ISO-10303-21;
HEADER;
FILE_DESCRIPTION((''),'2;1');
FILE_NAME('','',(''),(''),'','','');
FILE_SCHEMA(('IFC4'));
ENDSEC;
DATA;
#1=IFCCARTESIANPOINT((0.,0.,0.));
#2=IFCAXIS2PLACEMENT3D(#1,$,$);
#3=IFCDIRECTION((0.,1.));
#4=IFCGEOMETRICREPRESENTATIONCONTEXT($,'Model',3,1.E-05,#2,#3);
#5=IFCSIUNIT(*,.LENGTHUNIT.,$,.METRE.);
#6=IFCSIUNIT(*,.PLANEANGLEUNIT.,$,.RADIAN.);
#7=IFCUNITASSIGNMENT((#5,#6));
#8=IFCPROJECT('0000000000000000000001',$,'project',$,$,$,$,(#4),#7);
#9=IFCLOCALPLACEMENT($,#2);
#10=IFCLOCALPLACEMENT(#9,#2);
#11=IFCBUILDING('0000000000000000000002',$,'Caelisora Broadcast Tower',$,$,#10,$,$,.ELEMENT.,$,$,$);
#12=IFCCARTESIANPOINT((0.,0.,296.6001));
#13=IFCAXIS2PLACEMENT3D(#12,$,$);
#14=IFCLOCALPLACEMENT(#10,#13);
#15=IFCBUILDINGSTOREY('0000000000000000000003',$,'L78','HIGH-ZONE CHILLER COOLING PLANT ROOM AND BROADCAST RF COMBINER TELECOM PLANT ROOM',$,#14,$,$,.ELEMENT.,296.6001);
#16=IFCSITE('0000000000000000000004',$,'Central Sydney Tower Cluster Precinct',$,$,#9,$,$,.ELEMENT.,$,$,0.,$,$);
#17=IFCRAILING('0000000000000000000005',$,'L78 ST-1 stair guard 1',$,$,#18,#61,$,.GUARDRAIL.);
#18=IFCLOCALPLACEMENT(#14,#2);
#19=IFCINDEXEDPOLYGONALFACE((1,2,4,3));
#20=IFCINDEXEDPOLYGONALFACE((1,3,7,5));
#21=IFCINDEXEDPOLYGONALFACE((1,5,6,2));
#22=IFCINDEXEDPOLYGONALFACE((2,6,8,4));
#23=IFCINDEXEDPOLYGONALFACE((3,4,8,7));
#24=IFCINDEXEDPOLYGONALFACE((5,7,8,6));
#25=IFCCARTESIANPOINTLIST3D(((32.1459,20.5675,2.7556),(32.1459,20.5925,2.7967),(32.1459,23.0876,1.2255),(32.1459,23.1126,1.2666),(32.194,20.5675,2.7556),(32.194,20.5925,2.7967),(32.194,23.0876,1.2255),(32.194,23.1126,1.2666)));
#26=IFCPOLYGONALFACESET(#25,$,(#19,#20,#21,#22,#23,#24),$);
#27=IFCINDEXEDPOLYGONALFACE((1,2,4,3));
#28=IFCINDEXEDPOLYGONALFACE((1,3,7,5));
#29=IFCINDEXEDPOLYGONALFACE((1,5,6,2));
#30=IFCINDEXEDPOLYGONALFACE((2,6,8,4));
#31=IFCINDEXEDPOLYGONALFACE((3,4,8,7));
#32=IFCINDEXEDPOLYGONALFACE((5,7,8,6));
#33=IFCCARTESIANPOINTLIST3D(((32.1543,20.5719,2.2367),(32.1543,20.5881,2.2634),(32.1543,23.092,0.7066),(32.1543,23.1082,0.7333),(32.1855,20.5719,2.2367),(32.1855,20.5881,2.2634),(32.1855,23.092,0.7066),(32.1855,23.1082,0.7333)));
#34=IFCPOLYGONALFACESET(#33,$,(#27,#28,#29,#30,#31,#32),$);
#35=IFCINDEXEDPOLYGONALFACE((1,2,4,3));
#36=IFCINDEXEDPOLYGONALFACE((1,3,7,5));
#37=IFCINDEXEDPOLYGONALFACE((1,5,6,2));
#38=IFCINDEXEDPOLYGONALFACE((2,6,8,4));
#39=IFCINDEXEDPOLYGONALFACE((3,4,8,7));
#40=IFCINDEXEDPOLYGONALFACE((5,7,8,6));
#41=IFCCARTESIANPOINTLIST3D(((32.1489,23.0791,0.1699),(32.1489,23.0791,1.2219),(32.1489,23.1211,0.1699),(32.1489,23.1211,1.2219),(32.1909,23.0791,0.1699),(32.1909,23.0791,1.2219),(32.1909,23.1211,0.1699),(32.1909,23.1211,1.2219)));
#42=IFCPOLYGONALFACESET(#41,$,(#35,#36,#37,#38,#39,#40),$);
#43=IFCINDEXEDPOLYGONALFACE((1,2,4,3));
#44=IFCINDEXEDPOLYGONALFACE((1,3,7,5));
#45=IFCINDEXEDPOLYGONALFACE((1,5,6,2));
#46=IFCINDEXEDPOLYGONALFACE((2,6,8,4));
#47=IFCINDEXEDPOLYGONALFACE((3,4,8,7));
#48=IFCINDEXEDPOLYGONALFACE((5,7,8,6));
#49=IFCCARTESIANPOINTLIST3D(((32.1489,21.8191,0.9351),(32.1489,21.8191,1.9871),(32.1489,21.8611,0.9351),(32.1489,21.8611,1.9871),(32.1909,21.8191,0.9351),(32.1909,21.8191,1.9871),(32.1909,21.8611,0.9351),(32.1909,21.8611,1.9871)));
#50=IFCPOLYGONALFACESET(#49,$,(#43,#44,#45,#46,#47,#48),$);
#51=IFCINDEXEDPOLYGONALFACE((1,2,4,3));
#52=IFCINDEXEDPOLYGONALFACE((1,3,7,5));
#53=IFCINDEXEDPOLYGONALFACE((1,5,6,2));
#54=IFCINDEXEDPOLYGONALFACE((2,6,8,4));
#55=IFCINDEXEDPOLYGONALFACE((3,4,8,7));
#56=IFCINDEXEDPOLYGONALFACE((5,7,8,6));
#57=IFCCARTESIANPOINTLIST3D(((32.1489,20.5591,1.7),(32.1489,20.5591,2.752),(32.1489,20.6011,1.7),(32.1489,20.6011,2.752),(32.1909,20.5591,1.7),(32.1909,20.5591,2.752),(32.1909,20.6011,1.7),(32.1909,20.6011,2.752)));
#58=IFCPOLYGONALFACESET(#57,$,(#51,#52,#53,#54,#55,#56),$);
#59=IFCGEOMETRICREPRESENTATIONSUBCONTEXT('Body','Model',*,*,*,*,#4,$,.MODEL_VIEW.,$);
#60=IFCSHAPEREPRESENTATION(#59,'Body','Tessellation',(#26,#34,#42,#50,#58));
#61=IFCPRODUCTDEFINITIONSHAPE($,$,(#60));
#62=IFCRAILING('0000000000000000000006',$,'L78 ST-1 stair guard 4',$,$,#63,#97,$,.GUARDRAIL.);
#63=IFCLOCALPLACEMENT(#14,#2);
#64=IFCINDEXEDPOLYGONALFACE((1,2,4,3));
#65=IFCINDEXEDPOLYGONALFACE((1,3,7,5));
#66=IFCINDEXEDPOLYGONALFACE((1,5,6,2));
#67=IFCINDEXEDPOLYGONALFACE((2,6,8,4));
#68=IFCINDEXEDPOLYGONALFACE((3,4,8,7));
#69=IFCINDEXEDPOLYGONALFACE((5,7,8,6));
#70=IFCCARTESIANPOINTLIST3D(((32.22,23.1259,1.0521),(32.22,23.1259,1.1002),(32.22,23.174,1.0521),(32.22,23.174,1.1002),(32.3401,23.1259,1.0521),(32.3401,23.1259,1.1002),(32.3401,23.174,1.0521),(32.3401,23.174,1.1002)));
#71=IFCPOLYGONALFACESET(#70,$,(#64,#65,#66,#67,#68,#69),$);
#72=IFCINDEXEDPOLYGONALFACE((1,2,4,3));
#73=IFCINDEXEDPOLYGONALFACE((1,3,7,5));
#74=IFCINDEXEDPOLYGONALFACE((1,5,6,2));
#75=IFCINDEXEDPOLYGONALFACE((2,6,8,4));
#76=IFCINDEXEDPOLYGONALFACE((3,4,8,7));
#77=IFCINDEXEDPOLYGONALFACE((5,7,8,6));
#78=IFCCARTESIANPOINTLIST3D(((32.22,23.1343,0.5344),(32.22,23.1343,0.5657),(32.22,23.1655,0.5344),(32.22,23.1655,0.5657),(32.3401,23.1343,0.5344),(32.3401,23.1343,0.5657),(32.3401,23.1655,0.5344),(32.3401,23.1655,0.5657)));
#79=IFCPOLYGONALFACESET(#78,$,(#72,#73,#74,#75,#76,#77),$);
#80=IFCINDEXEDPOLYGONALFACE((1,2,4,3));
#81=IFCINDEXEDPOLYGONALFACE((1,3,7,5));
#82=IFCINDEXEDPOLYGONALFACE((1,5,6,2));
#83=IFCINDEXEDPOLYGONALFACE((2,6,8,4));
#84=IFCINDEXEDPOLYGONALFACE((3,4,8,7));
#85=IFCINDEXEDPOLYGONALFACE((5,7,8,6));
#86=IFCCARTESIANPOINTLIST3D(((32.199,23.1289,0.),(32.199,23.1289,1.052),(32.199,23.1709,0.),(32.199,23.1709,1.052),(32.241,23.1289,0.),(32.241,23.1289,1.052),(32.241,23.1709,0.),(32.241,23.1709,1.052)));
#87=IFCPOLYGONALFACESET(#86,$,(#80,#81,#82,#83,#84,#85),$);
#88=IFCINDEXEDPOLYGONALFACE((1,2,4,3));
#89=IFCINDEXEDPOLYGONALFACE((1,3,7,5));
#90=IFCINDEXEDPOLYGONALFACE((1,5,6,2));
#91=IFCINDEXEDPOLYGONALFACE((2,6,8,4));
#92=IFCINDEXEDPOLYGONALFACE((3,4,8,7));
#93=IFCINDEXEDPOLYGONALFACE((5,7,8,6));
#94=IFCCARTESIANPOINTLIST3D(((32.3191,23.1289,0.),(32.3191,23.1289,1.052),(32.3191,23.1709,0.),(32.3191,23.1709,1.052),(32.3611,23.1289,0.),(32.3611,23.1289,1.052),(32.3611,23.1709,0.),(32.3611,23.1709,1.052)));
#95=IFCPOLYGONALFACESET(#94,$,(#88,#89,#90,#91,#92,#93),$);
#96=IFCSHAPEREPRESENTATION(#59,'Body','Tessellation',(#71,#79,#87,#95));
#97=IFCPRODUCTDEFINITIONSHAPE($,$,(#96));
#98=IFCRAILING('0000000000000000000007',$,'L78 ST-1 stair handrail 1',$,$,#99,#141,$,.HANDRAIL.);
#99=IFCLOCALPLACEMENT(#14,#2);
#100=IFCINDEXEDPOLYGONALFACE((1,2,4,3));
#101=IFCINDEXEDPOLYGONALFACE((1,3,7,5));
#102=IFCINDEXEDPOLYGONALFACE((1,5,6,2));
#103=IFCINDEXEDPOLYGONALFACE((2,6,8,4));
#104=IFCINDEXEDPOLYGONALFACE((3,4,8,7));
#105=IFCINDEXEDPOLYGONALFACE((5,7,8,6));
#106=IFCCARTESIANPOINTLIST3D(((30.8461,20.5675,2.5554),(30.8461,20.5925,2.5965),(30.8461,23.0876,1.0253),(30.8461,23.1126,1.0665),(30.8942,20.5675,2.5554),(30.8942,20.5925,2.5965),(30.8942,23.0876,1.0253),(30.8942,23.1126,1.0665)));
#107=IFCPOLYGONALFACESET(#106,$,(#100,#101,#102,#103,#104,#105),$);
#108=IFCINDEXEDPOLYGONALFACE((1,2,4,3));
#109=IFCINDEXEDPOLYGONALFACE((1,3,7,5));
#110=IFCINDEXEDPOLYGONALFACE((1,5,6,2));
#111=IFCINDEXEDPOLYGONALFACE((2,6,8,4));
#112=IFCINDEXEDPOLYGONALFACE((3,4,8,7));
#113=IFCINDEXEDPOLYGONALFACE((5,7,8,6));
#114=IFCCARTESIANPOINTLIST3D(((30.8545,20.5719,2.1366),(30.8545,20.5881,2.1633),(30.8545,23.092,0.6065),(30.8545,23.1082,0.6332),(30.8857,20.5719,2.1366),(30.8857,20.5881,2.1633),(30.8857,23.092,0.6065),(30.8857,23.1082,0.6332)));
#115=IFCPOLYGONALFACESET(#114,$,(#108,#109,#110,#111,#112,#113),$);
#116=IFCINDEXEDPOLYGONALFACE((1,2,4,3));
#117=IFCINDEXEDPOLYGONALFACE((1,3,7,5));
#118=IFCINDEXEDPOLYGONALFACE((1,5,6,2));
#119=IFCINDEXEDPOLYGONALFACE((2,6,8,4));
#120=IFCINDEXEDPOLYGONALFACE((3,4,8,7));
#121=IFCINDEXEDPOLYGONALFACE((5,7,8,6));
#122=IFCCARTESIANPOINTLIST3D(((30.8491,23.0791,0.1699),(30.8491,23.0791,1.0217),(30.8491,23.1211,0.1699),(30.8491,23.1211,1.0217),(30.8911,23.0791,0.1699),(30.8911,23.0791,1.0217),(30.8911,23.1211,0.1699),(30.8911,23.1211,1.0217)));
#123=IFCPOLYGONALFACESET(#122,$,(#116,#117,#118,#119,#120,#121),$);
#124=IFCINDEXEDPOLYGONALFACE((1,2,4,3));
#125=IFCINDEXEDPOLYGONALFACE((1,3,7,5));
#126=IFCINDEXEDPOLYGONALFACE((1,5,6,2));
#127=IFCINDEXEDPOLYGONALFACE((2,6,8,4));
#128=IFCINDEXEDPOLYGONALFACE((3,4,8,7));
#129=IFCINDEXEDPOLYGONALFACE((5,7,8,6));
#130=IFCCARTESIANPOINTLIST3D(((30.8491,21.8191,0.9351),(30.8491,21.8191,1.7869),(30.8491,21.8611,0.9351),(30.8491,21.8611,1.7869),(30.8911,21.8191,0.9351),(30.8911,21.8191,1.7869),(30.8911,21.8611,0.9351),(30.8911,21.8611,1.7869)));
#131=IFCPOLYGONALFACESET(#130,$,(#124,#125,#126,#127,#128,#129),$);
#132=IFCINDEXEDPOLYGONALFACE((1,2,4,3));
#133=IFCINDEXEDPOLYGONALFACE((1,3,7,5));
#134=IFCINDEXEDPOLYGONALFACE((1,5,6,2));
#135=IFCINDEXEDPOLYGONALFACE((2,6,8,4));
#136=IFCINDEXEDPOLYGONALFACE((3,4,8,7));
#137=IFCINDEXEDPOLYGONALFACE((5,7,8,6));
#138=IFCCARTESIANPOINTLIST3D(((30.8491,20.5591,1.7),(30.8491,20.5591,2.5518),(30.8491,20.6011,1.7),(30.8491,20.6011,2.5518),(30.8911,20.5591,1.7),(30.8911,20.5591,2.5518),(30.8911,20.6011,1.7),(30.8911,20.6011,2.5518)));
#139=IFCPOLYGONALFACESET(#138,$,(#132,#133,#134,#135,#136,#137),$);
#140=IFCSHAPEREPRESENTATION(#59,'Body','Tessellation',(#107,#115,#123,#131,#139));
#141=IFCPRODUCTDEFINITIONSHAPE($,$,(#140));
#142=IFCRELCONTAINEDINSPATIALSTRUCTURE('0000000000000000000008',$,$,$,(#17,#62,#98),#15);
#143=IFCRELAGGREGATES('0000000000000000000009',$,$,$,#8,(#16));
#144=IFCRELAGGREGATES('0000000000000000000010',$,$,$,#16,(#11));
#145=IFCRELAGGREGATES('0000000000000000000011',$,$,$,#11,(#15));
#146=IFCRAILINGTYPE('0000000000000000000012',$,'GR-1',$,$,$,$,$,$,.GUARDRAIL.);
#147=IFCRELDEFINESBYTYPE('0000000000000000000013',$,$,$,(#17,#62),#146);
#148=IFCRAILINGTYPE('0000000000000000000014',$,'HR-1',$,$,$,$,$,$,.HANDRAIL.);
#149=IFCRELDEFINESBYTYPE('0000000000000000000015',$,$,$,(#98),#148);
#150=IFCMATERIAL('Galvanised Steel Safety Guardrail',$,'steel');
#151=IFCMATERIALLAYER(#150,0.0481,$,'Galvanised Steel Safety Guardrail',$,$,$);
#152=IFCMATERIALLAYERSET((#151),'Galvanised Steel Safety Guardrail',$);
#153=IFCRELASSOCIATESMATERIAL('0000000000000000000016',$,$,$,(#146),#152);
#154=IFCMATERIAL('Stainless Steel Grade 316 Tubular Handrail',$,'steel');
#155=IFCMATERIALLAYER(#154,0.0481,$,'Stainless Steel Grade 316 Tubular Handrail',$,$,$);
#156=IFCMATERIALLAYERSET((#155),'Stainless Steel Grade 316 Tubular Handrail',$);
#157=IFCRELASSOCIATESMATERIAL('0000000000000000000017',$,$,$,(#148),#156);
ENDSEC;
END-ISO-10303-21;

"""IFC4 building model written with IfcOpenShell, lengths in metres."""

from ifc_helpers import new_model, si_unit, direction, frame, origin, origin_2d, place, context, subcontext, project, spatial, rectangle, extrude, material, layer, layer_set, type_object, element, save


model = new_model("IFC4")

# Units and contexts
model_context = context("Model", 3, precision=1e-05, world=origin(), true_north=direction((0.0, 1.0)))
body_context = subcontext(model_context, "Body", "Model", "MODEL_VIEW")
ifc_project = project(units=[si_unit("LENGTHUNIT", "METRE"), si_unit("PLANEANGLEUNIT", "RADIAN")], contexts=[model_context])

# Site, building, storey
site_placement = place(None, origin())
site = spatial("IfcSite", under=ifc_project, at=site_placement, Name="Central Sydney Tower Cluster Precinct", CompositionType="ELEMENT", RefElevation=0.0)
building_placement = place(site_placement, origin())
building = spatial("IfcBuilding", under=site, at=building_placement, Name="Caelisora Broadcast Tower", CompositionType="ELEMENT")
storey_placement = place(building_placement, frame((0.0, 0.0, 296.6001)))
storey = spatial("IfcBuildingStorey", under=building, at=storey_placement, Name="L78", Description="HIGH-ZONE CHILLER COOLING PLANT ROOM AND BROADCAST RF COMBINER TELECOM PLANT ROOM", CompositionType="ELEMENT", Elevation=296.6001)

# Railings
ifc_material_1 = material(Name="Galvanised Steel Safety Guardrail", Category="steel")
ifc_layer_1 = layer(ifc_material_1, 0.0481, Name="Galvanised Steel Safety Guardrail")
ifc_layer_set_1 = layer_set([ifc_layer_1], Name="Galvanised Steel Safety Guardrail")
railing_type_1 = type_object("IfcRailingType", Name="GR-1", PredefinedType="GUARDRAIL", material=ifc_layer_set_1)
railing_1_placement = place(storey_placement, frame((32.1699, 23.1001, 0.1699)))
element("IfcRailing", 1, at=railing_1_placement, inside=storey, type_object=railing_type_1, Name="L78 ST-1 stair guard 1", PredefinedType="GUARDRAIL", context=body_context, shape_type="SweptSolid", body=[
    extrude(rectangle(XDim=0.0481, YDim=0.0481, at=origin_2d()), frame((0.0, 0.0, 1.0762), z_axis=(0.0, -0.854785, 0.518982), x_axis=(1.0, 0.0, 0.0)), (0.0, 0.0, 1.0), 2.9482),
    extrude(rectangle(XDim=0.0312, YDim=0.0312, at=origin_2d()), frame((0.0, 0.0, 0.55), z_axis=(0.0, -0.854785, 0.518982), x_axis=(1.0, 0.0, 0.0)), (0.0, 0.0, 1.0), 2.9482),
    extrude(rectangle(XDim=0.042, YDim=0.042, at=origin_2d()), origin(), (0.0, 0.0, 1.0), 1.052),
    extrude(rectangle(XDim=0.042, YDim=0.042, at=origin_2d()), frame((0.0, -1.26, 0.7651)), (0.0, 0.0, 1.0), 1.052),
    extrude(rectangle(XDim=0.042, YDim=0.042, at=origin_2d()), frame((0.0, -2.52, 1.53)), (0.0, 0.0, 1.0), 1.052),
])
railing_2_placement = place(storey_placement, frame((32.22, 23.1499, 0.0)))
element("IfcRailing", 2, at=railing_2_placement, inside=storey, type_object=railing_type_1, Name="L78 ST-1 stair guard 4", PredefinedType="GUARDRAIL", context=body_context, shape_type="SweptSolid", body=[
    extrude(rectangle(XDim=0.0481, YDim=0.0481, at=origin_2d()), frame((0.0, 0.0, 1.0762), z_axis=(1.0, 0.0, 0.0), x_axis=(0.0, 1.0, 0.0)), (0.0, 0.0, 1.0), 0.1201),
    extrude(rectangle(XDim=0.0312, YDim=0.0312, at=origin_2d()), frame((0.0, 0.0, 0.55), z_axis=(1.0, 0.0, 0.0), x_axis=(0.0, 1.0, 0.0)), (0.0, 0.0, 1.0), 0.1201),
    extrude(rectangle(XDim=0.042, YDim=0.042, at=origin_2d()), origin(), (0.0, 0.0, 1.0), 1.052),
    extrude(rectangle(XDim=0.042, YDim=0.042, at=origin_2d()), frame((0.1201, 0.0, 0.0)), (0.0, 0.0, 1.0), 1.052),
])
ifc_material_2 = material(Name="Stainless Steel Grade 316 Tubular Handrail", Category="steel")
ifc_layer_2 = layer(ifc_material_2, 0.0481, Name="Stainless Steel Grade 316 Tubular Handrail")
ifc_layer_set_2 = layer_set([ifc_layer_2], Name="Stainless Steel Grade 316 Tubular Handrail")
railing_type_2 = type_object("IfcRailingType", Name="HR-1", PredefinedType="HANDRAIL", material=ifc_layer_set_2)
railing_3_placement = place(storey_placement, frame((30.8701, 23.1001, 0.1699)))
element("IfcRailing", 3, at=railing_3_placement, inside=storey, type_object=railing_type_2, Name="L78 ST-1 stair handrail 1", PredefinedType="HANDRAIL", context=body_context, shape_type="SweptSolid", body=[
    extrude(rectangle(XDim=0.0481, YDim=0.0481, at=origin_2d()), frame((0.0, 0.0, 0.876), z_axis=(0.0, -0.854785, 0.518982), x_axis=(1.0, 0.0, 0.0)), (0.0, 0.0, 1.0), 2.9482),
    extrude(rectangle(XDim=0.0312, YDim=0.0312, at=origin_2d()), frame((0.0, 0.0, 0.45), z_axis=(0.0, -0.854785, 0.518982), x_axis=(1.0, 0.0, 0.0)), (0.0, 0.0, 1.0), 2.9482),
    extrude(rectangle(XDim=0.042, YDim=0.042, at=origin_2d()), origin(), (0.0, 0.0, 1.0), 0.8518),
    extrude(rectangle(XDim=0.042, YDim=0.042, at=origin_2d()), frame((0.0, -1.26, 0.7651)), (0.0, 0.0, 1.0), 0.8518),
    extrude(rectangle(XDim=0.042, YDim=0.042, at=origin_2d()), frame((0.0, -2.52, 1.53)), (0.0, 0.0, 1.0), 0.8518),
])

save(model, "model.ifc")
